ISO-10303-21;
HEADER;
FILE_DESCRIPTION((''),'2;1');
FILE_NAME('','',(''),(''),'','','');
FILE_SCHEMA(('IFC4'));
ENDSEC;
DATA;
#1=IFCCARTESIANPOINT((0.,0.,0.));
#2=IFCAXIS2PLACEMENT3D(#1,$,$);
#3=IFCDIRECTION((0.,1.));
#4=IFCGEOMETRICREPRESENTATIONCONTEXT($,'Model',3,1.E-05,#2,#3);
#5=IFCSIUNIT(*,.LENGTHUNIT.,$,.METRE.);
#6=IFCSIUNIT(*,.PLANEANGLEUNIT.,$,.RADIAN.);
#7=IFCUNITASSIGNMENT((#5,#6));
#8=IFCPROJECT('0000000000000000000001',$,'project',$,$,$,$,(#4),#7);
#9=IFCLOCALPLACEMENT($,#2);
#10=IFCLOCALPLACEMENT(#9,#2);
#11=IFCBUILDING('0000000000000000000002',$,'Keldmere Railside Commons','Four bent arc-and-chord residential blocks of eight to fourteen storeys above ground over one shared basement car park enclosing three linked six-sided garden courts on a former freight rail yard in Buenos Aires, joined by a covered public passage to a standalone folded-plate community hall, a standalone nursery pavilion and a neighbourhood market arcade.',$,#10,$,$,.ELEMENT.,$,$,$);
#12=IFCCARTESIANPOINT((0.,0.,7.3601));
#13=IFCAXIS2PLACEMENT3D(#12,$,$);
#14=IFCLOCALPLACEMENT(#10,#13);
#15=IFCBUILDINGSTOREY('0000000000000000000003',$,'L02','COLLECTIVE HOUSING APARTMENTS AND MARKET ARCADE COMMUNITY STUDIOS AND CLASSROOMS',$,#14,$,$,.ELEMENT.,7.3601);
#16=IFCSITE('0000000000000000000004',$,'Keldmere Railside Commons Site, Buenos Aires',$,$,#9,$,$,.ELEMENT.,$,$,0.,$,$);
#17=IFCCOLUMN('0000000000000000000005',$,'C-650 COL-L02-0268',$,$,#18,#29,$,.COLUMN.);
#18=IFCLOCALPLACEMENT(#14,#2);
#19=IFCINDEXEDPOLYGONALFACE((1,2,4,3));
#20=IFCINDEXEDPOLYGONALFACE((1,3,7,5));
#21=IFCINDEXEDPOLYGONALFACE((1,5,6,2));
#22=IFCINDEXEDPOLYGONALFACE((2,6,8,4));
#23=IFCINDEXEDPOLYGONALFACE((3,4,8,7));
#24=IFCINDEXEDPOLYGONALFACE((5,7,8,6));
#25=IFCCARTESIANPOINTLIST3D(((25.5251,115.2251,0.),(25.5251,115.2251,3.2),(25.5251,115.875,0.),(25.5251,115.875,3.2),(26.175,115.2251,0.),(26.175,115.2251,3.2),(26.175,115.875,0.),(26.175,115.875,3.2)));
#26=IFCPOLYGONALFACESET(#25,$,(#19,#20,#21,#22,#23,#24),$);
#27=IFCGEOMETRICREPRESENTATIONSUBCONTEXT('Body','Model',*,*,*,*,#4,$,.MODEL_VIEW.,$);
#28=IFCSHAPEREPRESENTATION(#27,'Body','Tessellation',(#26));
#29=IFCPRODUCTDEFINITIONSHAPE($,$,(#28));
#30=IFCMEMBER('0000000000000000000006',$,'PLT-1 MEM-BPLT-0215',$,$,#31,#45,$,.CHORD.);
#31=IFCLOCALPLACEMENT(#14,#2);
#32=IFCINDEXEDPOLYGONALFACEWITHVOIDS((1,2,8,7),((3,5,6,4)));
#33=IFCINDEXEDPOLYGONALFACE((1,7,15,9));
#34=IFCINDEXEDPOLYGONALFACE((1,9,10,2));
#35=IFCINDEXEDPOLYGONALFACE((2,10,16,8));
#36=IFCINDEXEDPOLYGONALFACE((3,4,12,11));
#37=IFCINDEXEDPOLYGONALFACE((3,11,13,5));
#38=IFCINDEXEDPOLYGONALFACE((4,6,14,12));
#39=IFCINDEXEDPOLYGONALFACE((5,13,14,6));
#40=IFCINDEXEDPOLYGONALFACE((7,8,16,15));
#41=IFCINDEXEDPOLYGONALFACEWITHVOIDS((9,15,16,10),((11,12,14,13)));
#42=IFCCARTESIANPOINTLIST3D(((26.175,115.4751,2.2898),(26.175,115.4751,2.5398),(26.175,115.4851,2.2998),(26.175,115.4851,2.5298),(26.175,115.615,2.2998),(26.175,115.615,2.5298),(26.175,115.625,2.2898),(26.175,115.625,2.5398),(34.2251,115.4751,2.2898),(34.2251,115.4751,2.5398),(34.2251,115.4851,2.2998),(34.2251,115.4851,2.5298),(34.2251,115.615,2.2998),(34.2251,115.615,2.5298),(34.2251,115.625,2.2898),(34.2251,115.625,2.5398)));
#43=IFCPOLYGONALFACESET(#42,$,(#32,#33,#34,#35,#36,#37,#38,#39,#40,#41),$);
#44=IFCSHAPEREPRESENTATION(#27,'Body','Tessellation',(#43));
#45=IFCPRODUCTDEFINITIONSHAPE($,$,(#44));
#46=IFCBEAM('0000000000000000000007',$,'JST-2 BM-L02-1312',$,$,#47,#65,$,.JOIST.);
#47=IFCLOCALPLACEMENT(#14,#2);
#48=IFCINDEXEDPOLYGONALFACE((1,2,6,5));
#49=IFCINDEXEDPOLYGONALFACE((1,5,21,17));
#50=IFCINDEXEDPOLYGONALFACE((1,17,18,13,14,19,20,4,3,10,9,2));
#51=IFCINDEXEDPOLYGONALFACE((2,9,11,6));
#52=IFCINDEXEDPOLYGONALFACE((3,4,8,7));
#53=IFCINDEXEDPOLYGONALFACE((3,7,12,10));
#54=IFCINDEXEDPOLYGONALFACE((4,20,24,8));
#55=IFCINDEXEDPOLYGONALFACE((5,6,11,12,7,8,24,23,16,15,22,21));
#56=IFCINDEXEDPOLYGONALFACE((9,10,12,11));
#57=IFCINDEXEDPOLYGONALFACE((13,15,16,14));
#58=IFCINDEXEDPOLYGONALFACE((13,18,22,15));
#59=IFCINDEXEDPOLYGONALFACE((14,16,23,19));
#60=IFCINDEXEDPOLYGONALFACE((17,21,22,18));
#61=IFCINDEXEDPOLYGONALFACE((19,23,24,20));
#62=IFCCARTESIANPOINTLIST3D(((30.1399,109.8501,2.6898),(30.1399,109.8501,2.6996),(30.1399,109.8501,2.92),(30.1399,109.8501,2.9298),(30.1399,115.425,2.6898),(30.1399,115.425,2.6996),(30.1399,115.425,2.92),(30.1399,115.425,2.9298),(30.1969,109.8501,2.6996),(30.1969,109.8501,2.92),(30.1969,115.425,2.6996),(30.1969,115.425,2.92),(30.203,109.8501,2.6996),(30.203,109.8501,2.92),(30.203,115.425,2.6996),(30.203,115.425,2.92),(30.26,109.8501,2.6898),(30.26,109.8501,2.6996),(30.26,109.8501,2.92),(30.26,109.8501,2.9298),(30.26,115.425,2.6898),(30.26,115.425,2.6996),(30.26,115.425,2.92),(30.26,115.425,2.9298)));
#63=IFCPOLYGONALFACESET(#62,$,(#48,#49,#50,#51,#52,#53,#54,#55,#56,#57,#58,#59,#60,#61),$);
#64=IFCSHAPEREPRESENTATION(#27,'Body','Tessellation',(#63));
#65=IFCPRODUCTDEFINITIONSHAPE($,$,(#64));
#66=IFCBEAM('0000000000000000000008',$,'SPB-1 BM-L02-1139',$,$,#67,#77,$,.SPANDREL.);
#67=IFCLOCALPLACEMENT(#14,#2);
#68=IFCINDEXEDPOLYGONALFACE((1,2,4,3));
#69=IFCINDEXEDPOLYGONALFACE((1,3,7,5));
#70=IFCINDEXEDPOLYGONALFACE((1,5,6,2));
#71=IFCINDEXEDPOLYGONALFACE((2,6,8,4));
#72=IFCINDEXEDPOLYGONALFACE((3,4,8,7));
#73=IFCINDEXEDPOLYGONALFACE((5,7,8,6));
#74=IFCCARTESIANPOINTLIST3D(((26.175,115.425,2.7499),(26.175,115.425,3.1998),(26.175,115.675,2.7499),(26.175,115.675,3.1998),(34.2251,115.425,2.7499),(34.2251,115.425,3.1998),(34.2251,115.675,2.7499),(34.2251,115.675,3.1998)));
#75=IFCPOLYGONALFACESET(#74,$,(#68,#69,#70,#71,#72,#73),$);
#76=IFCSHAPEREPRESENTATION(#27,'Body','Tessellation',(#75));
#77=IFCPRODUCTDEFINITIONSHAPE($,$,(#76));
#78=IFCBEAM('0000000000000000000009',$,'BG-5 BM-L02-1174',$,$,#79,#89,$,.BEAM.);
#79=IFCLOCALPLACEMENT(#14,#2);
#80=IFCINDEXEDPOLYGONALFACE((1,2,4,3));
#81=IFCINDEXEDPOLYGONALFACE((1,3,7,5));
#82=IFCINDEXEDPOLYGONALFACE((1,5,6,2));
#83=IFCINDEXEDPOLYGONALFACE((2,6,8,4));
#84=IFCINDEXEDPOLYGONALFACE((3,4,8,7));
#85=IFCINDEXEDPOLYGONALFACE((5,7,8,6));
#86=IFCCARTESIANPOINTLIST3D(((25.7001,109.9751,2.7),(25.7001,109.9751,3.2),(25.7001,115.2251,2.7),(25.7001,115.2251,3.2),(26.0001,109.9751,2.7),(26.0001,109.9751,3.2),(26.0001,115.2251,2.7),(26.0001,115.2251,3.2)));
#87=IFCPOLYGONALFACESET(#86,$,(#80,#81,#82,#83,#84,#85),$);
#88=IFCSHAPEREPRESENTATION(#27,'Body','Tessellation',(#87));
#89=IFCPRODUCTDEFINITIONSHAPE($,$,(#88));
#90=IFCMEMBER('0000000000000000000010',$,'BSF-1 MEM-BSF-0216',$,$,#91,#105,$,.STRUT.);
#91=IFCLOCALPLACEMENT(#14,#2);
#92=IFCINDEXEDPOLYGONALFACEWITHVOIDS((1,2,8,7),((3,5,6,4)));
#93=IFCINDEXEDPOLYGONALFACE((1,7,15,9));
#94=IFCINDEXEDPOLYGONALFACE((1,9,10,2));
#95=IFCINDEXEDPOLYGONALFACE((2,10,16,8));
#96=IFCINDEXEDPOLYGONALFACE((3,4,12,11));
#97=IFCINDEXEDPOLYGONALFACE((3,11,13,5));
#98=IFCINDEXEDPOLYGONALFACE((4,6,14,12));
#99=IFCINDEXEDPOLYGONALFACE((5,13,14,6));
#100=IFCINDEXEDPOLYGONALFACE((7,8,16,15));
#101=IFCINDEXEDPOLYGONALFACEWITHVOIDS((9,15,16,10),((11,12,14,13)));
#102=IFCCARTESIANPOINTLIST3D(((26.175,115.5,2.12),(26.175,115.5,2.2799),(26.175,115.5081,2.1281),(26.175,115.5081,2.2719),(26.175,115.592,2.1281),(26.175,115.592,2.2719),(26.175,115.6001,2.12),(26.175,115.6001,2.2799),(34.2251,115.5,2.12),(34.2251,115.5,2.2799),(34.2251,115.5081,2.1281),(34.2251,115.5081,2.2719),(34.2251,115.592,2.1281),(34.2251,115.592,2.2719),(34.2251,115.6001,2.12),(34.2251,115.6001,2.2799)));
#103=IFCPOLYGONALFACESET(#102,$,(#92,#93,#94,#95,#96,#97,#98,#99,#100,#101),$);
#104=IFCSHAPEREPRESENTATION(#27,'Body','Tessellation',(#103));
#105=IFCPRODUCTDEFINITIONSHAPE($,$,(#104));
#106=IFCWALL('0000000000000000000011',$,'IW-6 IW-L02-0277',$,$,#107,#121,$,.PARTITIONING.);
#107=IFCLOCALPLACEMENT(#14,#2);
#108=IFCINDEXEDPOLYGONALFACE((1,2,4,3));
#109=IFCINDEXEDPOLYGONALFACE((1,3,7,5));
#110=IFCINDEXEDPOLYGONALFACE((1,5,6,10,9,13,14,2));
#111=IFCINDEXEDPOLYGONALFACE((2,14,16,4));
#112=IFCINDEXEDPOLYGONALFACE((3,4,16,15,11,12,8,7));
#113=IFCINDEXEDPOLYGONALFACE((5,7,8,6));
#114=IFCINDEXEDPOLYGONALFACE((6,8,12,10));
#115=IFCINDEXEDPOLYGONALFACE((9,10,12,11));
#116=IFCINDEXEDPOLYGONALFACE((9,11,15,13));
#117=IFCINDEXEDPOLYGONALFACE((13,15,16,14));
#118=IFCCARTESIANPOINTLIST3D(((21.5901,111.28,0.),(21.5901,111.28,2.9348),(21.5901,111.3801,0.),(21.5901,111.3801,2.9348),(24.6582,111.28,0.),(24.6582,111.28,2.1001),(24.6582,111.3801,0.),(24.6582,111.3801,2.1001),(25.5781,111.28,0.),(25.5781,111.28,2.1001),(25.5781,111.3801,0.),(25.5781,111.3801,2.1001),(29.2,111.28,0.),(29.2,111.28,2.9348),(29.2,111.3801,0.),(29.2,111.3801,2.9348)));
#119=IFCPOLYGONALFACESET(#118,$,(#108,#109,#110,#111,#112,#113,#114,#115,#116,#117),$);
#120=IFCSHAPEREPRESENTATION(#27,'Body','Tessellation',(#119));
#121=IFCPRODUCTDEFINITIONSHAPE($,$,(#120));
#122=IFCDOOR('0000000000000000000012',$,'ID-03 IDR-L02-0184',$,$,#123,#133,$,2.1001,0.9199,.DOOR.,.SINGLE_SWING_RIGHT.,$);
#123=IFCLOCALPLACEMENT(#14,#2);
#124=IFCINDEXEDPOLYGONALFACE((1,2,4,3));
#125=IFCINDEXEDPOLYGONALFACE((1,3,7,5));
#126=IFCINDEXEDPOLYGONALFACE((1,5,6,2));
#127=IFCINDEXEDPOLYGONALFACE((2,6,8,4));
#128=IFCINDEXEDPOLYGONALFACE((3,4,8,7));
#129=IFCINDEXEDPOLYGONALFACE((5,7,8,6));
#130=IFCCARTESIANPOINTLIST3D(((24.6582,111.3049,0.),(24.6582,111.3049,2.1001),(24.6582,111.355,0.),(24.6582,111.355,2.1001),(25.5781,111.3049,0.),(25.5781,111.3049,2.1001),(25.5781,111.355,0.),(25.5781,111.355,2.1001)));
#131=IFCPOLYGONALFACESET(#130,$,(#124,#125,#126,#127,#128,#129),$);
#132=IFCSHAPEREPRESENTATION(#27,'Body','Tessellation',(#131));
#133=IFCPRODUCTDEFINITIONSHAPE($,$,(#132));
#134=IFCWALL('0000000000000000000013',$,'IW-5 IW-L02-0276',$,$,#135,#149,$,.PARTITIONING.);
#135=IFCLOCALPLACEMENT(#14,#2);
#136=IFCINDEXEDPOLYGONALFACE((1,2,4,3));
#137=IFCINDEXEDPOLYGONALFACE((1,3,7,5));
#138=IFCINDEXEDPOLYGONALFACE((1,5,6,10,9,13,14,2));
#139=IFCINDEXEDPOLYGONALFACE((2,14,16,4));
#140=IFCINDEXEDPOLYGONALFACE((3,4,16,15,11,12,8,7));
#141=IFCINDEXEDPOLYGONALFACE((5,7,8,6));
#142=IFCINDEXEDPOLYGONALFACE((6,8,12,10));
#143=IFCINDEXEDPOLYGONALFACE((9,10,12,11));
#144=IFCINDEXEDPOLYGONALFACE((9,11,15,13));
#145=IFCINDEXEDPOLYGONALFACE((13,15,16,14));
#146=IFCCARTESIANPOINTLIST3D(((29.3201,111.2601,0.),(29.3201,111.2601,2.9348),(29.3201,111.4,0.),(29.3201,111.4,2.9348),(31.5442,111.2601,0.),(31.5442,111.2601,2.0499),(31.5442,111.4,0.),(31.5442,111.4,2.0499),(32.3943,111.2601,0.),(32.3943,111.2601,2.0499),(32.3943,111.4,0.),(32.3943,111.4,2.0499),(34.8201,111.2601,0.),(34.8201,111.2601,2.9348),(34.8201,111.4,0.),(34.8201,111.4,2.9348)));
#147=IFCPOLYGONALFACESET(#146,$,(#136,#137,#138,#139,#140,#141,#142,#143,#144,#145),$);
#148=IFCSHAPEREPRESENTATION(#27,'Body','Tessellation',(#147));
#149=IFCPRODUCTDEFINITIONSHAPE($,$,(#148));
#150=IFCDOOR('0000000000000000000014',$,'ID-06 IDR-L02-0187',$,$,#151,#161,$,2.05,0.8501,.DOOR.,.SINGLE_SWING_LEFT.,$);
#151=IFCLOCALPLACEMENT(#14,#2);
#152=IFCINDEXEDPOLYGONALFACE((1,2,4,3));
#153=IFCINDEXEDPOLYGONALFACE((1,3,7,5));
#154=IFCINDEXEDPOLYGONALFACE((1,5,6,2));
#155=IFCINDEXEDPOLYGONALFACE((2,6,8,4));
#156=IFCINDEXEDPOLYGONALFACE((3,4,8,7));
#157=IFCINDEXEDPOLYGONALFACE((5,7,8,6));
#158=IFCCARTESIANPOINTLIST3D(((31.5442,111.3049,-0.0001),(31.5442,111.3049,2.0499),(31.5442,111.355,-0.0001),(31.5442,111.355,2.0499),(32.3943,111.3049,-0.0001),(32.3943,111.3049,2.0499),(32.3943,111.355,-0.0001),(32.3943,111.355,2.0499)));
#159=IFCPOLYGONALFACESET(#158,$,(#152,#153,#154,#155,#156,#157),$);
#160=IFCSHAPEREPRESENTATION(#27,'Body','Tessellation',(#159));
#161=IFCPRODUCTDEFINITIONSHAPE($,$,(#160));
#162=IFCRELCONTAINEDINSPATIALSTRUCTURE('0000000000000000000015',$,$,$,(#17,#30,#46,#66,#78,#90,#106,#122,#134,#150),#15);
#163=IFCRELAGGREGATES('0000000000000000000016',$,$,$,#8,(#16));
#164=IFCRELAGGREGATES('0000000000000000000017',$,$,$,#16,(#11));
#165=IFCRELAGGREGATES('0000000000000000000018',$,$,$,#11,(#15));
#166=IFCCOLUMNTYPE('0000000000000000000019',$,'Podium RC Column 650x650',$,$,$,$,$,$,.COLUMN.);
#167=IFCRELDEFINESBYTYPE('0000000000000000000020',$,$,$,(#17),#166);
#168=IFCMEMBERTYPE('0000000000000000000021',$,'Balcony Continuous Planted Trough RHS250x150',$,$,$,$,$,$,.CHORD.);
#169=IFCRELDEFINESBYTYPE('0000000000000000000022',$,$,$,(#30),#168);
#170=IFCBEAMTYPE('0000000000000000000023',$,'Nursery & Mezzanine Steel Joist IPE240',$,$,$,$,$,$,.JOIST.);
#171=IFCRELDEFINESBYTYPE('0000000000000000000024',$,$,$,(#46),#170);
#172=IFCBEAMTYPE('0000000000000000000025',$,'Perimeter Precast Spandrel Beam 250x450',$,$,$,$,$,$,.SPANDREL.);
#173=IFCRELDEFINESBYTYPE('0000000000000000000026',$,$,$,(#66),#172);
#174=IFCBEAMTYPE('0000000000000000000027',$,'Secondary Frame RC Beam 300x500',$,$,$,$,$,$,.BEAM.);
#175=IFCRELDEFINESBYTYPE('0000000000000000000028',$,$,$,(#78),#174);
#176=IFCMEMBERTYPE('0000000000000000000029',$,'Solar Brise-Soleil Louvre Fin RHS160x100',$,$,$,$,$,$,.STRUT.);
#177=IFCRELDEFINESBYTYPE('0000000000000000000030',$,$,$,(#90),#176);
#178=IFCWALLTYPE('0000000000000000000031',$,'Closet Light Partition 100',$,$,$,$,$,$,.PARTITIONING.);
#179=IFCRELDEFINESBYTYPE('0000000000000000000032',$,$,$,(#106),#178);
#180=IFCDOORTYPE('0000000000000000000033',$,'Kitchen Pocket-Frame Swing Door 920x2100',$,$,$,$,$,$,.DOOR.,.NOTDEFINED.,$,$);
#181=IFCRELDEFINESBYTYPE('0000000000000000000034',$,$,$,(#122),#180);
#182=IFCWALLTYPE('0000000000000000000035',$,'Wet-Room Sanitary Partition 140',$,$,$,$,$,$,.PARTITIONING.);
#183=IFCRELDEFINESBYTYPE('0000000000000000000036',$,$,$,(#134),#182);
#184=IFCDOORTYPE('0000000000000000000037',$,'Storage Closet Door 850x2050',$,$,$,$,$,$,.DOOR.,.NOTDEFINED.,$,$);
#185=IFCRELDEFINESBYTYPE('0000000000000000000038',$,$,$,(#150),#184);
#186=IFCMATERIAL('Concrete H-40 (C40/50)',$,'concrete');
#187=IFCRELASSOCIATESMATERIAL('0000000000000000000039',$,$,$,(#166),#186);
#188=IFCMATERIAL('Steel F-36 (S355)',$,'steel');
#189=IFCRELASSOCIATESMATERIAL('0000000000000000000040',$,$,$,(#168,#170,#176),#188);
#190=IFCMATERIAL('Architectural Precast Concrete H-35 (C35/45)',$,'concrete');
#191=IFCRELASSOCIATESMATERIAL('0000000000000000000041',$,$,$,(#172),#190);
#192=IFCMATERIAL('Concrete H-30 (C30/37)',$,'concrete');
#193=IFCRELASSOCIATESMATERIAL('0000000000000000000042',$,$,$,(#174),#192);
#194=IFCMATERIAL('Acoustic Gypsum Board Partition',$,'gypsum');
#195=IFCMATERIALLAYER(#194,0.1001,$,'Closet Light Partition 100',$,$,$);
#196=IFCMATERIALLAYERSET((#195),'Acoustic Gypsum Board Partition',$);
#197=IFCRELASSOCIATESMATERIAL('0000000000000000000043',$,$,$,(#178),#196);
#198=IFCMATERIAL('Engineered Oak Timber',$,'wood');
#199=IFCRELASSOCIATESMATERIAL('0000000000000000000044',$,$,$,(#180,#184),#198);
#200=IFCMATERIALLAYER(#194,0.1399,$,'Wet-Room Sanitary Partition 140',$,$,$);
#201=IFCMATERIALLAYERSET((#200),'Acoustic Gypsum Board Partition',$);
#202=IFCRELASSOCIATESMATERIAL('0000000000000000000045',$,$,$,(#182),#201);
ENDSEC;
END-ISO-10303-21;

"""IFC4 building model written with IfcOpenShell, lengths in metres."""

from ifc_helpers import new_model, si_unit, direction, frame, frame_2d, origin, origin_2d, place, context, subcontext, project, spatial, rectangle, hollow_rectangle, i_section, extrude, material, layer, layer_set, material_profile, profile_set, type_object, element, fill, save


model = new_model("IFC4")

# Units and contexts
model_context = context("Model", 3, precision=1e-05, world=origin(), true_north=direction((0.0, 1.0)))
body_context = subcontext(model_context, "Body", "Model", "MODEL_VIEW")
ifc_project = project(units=[si_unit("LENGTHUNIT", "METRE"), si_unit("PLANEANGLEUNIT", "RADIAN")], contexts=[model_context])

# Site, building, storey
site_placement = place(None, origin())
site = spatial("IfcSite", under=ifc_project, at=site_placement, Name="Keldmere Railside Commons Site, Buenos Aires", CompositionType="ELEMENT", RefElevation=0.0)
building_placement = place(site_placement, origin())
building = spatial("IfcBuilding", under=site, at=building_placement, Name="Keldmere Railside Commons", Description="Four bent arc-and-chord residential blocks of eight to fourteen storeys above ground over one shared basement car park enclosing three linked six-sided garden courts on a former freight rail yard in Buenos Aires, joined by a covered public passage to a standalone folded-plate community hall, a standalone nursery pavilion and a neighbourhood market arcade.", CompositionType="ELEMENT")
storey_placement = place(building_placement, frame((0.0, 0.0, 7.3601)))
storey = spatial("IfcBuildingStorey", under=building, at=storey_placement, Name="L02", Description="COLLECTIVE HOUSING APARTMENTS AND MARKET ARCADE COMMUNITY STUDIOS AND CLASSROOMS", CompositionType="ELEMENT", Elevation=7.3601)

# Column
ifc_material_1 = material(Name="Concrete H-40 (C40/50)", Category="concrete")
ifc_material_profile_1 = material_profile(ifc_material_1, rectangle(XDim=0.6499, YDim=0.6499, at=origin_2d()), Name="RC-650x650")
ifc_profile_set_1 = profile_set([ifc_material_profile_1], Name="Concrete H-40 (C40/50)")
column_type = type_object("IfcColumnType", Name="Podium RC Column 650x650", PredefinedType="COLUMN", material=ifc_profile_set_1)
column_placement = place(storey_placement, frame((25.8501, 115.55, 0.0), z_axis=(0.0, 0.0, 1.0), x_axis=(1.0, 0.0, 0.0)))
element("IfcColumn", 1, at=column_placement, inside=storey, type_object=column_type, Name="C-650 COL-L02-0268", PredefinedType="COLUMN", context=body_context, shape_type="SweptSolid", body=[
    extrude(rectangle(XDim=0.6499, YDim=0.6499, at=origin_2d()), origin(), (0.0, 0.0, 1.0), 3.2),
])

# Member
ifc_material_2 = material(Name="Steel F-36 (S355)", Category="steel")
ifc_material_profile_2 = material_profile(ifc_material_2, hollow_rectangle(XDim=0.1499, YDim=0.25, WallThickness=0.01, at=origin_2d()), Name="RHS-250x150x10")
ifc_profile_set_2 = profile_set([ifc_material_profile_2], Name="Steel F-36 (S355)")
member_type_1 = type_object("IfcMemberType", Name="Balcony Continuous Planted Trough RHS250x150", PredefinedType="CHORD", material=ifc_profile_set_2)
member_1_placement = place(storey_placement, frame((26.175, 115.55, 2.4148), z_axis=(1.0, 0.0, 0.0), x_axis=(0.0, 1.0, 0.0)))
element("IfcMember", 2, at=member_1_placement, inside=storey, type_object=member_type_1, Name="PLT-1 MEM-BPLT-0215", PredefinedType="CHORD", context=body_context, shape_type="SweptSolid", body=[
    extrude(hollow_rectangle(XDim=0.1499, YDim=0.25, WallThickness=0.01, at=origin_2d()), origin(), (0.0, 0.0, 1.0), 8.05),
])

# Beams
ifc_material_profile_3 = material_profile(ifc_material_2, i_section(OverallWidth=0.1201, OverallDepth=0.24, WebThickness=0.0061, FlangeThickness=0.0098, at=origin_2d()), Name="IPE-240")
ifc_profile_set_3 = profile_set([ifc_material_profile_3], Name="Steel F-36 (S355)")
beam_type_1 = type_object("IfcBeamType", Name="Nursery & Mezzanine Steel Joist IPE240", PredefinedType="JOIST", material=ifc_profile_set_3)
beam_1_placement = place(storey_placement, frame((30.2, 109.8501, 2.8098), z_axis=(0.0, 1.0, 0.0), x_axis=(-1.0, 0.0, 0.0)))
element("IfcBeam", 3, at=beam_1_placement, inside=storey, type_object=beam_type_1, Name="JST-2 BM-L02-1312", PredefinedType="JOIST", context=body_context, shape_type="SweptSolid", body=[
    extrude(i_section(OverallWidth=0.1201, OverallDepth=0.24, WebThickness=0.0061, FlangeThickness=0.0098, at=origin_2d()), origin(), (0.0, 0.0, 1.0), 5.575),
])
ifc_material_3 = material(Name="Architectural Precast Concrete H-35 (C35/45)", Category="concrete")
ifc_material_profile_4 = material_profile(ifc_material_3, rectangle(XDim=0.25, YDim=0.45, at=origin_2d()), Name="RC-250x450")
ifc_profile_set_4 = profile_set([ifc_material_profile_4], Name="Architectural Precast Concrete H-35 (C35/45)")
beam_type_2 = type_object("IfcBeamType", Name="Perimeter Precast Spandrel Beam 250x450", PredefinedType="SPANDREL", material=ifc_profile_set_4)
beam_2_placement = place(storey_placement, frame((26.175, 115.55, 2.9749), z_axis=(1.0, 0.0, 0.0), x_axis=(0.0, 1.0, 0.0)))
element("IfcBeam", 4, at=beam_2_placement, inside=storey, type_object=beam_type_2, Name="SPB-1 BM-L02-1139", PredefinedType="SPANDREL", context=body_context, shape_type="SweptSolid", body=[
    extrude(rectangle(XDim=0.25, YDim=0.45, at=origin_2d()), origin(), (0.0, 0.0, 1.0), 8.05),
])
ifc_material_4 = material(Name="Concrete H-30 (C30/37)", Category="concrete")
ifc_material_profile_5 = material_profile(ifc_material_4, rectangle(XDim=0.3, YDim=0.5, at=origin_2d()), Name="RC-300x500")
ifc_profile_set_5 = profile_set([ifc_material_profile_5], Name="Concrete H-30 (C30/37)")
beam_type_3 = type_object("IfcBeamType", Name="Secondary Frame RC Beam 300x500", PredefinedType="BEAM", material=ifc_profile_set_5)
beam_3_placement = place(storey_placement, frame((25.8501, 109.9751, 2.95), z_axis=(0.0, 1.0, 0.0), x_axis=(-1.0, 0.0, 0.0)))
element("IfcBeam", 5, at=beam_3_placement, inside=storey, type_object=beam_type_3, Name="BG-5 BM-L02-1174", PredefinedType="BEAM", context=body_context, shape_type="SweptSolid", body=[
    extrude(rectangle(XDim=0.3, YDim=0.5, at=origin_2d()), origin(), (0.0, 0.0, 1.0), 5.25),
])

# Member
ifc_material_profile_6 = material_profile(ifc_material_2, hollow_rectangle(XDim=0.1001, YDim=0.1599, WallThickness=0.0081, at=origin_2d()), Name="RHS-160x100x8")
ifc_profile_set_6 = profile_set([ifc_material_profile_6], Name="Steel F-36 (S355)")
member_type_2 = type_object("IfcMemberType", Name="Solar Brise-Soleil Louvre Fin RHS160x100", PredefinedType="STRUT", material=ifc_profile_set_6)
member_2_placement = place(storey_placement, frame((26.175, 115.55, 2.2), z_axis=(1.0, 0.0, 0.0), x_axis=(0.0, 1.0, 0.0)))
element("IfcMember", 6, at=member_2_placement, inside=storey, type_object=member_type_2, Name="BSF-1 MEM-BSF-0216", PredefinedType="STRUT", context=body_context, shape_type="SweptSolid", body=[
    extrude(hollow_rectangle(XDim=0.1001, YDim=0.1599, WallThickness=0.0081, at=origin_2d()), origin(), (0.0, 0.0, 1.0), 8.05),
])

# Walls, openings, doors
ifc_material_5 = material(Name="Acoustic Gypsum Board Partition", Category="gypsum")
ifc_layer_1 = layer(ifc_material_5, 0.1001, Name="Closet Light Partition 100")
ifc_layer_set_1 = layer_set([ifc_layer_1], Name="Acoustic Gypsum Board Partition")
wall_type_1 = type_object("IfcWallType", Name="Closet Light Partition 100", PredefinedType="PARTITIONING", material=ifc_layer_set_1)
wall_1_placement = place(storey_placement, frame((21.5901, 111.3301, 0.0), z_axis=(0.0, 0.0, 1.0), x_axis=(1.0, 0.0, 0.0)))
wall_1 = element("IfcWall", 7, at=wall_1_placement, inside=storey, type_object=wall_type_1, Name="IW-6 IW-L02-0277", PredefinedType="PARTITIONING", context=body_context, shape_type="SweptSolid", body=[
    extrude(rectangle(XDim=7.6099, YDim=0.1001, at=frame_2d((3.8049, 0.0))), origin(), (0.0, 0.0, 1.0), 2.9348),
])
opening_1_placement = place(wall_1_placement, frame((3.0681, 0.0, 0.0)))
opening_1 = element("IfcOpeningElement", 8, at=opening_1_placement, cuts=wall_1, PredefinedType="OPENING", context=body_context, shape_type="SweptSolid", body=[
    extrude(rectangle(XDim=0.9199, YDim=2.1001, at=frame_2d((0.46, 1.05))), frame((0.0, 0.0601, 0.0), z_axis=(0.0, -1.0, 0.0), x_axis=(1.0, 0.0, 0.0)), (0.0, 0.0, 1.0), 0.1201),
])
ifc_material_6 = material(Name="Engineered Oak Timber", Category="wood")
door_type_1 = type_object("IfcDoorType", Name="Kitchen Pocket-Frame Swing Door 920x2100", OperationType="NOTDEFINED", PredefinedType="DOOR", material=ifc_material_6)
door_1_placement = place(opening_1_placement, origin())
door_1 = element("IfcDoor", 9, at=door_1_placement, inside=storey, type_object=door_type_1, Name="ID-03 IDR-L02-0184", OperationType="SINGLE_SWING_RIGHT", OverallHeight=2.1001, OverallWidth=0.9199, PredefinedType="DOOR", context=body_context, shape_type="SweptSolid", body=[
    extrude(rectangle(XDim=0.9199, YDim=2.1001, at=frame_2d((0.46, 1.05))), frame((0.0, 0.0249, 0.0), z_axis=(0.0, -1.0, 0.0), x_axis=(1.0, 0.0, 0.0)), (0.0, 0.0, 1.0), 0.05),
])
fill(opening_1, door_1)
ifc_layer_2 = layer(ifc_material_5, 0.1399, Name="Wet-Room Sanitary Partition 140")
ifc_layer_set_2 = layer_set([ifc_layer_2], Name="Acoustic Gypsum Board Partition")
wall_type_2 = type_object("IfcWallType", Name="Wet-Room Sanitary Partition 140", PredefinedType="PARTITIONING", material=ifc_layer_set_2)
wall_2_placement = place(storey_placement, frame((29.3201, 111.3301, 0.0), z_axis=(0.0, 0.0, 1.0), x_axis=(1.0, 0.0, 0.0)))
wall_2 = element("IfcWall", 10, at=wall_2_placement, inside=storey, type_object=wall_type_2, Name="IW-5 IW-L02-0276", PredefinedType="PARTITIONING", context=body_context, shape_type="SweptSolid", body=[
    extrude(rectangle(XDim=5.5, YDim=0.1399, at=frame_2d((2.75, 0.0))), origin(), (0.0, 0.0, 1.0), 2.9348),
])
opening_2_placement = place(wall_2_placement, frame((2.2241, 0.0, 0.0)))
opening_2 = element("IfcOpeningElement", 11, at=opening_2_placement, cuts=wall_2, PredefinedType="OPENING", context=body_context, shape_type="SweptSolid", body=[
    extrude(rectangle(XDim=0.8501, YDim=2.05, at=frame_2d((0.425, 1.0249))), frame((0.0, 0.0798, 0.0), z_axis=(0.0, -1.0, 0.0), x_axis=(1.0, 0.0, 0.0)), (0.0, 0.0, 1.0), 0.1599),
])
door_type_2 = type_object("IfcDoorType", Name="Storage Closet Door 850x2050", OperationType="NOTDEFINED", PredefinedType="DOOR", material=ifc_material_6)
door_2_placement = place(opening_2_placement, origin())
door_2 = element("IfcDoor", 12, at=door_2_placement, inside=storey, type_object=door_type_2, Name="ID-06 IDR-L02-0187", OperationType="SINGLE_SWING_LEFT", OverallHeight=2.05, OverallWidth=0.8501, PredefinedType="DOOR", context=body_context, shape_type="SweptSolid", body=[
    extrude(rectangle(XDim=0.8501, YDim=2.05, at=frame_2d((0.425, 1.0249))), frame((0.0, 0.0249, 0.0), z_axis=(0.0, -1.0, 0.0), x_axis=(1.0, 0.0, 0.0)), (0.0, 0.0, 1.0), 0.05),
])
fill(opening_2, door_2)

save(model, "model.ifc")
